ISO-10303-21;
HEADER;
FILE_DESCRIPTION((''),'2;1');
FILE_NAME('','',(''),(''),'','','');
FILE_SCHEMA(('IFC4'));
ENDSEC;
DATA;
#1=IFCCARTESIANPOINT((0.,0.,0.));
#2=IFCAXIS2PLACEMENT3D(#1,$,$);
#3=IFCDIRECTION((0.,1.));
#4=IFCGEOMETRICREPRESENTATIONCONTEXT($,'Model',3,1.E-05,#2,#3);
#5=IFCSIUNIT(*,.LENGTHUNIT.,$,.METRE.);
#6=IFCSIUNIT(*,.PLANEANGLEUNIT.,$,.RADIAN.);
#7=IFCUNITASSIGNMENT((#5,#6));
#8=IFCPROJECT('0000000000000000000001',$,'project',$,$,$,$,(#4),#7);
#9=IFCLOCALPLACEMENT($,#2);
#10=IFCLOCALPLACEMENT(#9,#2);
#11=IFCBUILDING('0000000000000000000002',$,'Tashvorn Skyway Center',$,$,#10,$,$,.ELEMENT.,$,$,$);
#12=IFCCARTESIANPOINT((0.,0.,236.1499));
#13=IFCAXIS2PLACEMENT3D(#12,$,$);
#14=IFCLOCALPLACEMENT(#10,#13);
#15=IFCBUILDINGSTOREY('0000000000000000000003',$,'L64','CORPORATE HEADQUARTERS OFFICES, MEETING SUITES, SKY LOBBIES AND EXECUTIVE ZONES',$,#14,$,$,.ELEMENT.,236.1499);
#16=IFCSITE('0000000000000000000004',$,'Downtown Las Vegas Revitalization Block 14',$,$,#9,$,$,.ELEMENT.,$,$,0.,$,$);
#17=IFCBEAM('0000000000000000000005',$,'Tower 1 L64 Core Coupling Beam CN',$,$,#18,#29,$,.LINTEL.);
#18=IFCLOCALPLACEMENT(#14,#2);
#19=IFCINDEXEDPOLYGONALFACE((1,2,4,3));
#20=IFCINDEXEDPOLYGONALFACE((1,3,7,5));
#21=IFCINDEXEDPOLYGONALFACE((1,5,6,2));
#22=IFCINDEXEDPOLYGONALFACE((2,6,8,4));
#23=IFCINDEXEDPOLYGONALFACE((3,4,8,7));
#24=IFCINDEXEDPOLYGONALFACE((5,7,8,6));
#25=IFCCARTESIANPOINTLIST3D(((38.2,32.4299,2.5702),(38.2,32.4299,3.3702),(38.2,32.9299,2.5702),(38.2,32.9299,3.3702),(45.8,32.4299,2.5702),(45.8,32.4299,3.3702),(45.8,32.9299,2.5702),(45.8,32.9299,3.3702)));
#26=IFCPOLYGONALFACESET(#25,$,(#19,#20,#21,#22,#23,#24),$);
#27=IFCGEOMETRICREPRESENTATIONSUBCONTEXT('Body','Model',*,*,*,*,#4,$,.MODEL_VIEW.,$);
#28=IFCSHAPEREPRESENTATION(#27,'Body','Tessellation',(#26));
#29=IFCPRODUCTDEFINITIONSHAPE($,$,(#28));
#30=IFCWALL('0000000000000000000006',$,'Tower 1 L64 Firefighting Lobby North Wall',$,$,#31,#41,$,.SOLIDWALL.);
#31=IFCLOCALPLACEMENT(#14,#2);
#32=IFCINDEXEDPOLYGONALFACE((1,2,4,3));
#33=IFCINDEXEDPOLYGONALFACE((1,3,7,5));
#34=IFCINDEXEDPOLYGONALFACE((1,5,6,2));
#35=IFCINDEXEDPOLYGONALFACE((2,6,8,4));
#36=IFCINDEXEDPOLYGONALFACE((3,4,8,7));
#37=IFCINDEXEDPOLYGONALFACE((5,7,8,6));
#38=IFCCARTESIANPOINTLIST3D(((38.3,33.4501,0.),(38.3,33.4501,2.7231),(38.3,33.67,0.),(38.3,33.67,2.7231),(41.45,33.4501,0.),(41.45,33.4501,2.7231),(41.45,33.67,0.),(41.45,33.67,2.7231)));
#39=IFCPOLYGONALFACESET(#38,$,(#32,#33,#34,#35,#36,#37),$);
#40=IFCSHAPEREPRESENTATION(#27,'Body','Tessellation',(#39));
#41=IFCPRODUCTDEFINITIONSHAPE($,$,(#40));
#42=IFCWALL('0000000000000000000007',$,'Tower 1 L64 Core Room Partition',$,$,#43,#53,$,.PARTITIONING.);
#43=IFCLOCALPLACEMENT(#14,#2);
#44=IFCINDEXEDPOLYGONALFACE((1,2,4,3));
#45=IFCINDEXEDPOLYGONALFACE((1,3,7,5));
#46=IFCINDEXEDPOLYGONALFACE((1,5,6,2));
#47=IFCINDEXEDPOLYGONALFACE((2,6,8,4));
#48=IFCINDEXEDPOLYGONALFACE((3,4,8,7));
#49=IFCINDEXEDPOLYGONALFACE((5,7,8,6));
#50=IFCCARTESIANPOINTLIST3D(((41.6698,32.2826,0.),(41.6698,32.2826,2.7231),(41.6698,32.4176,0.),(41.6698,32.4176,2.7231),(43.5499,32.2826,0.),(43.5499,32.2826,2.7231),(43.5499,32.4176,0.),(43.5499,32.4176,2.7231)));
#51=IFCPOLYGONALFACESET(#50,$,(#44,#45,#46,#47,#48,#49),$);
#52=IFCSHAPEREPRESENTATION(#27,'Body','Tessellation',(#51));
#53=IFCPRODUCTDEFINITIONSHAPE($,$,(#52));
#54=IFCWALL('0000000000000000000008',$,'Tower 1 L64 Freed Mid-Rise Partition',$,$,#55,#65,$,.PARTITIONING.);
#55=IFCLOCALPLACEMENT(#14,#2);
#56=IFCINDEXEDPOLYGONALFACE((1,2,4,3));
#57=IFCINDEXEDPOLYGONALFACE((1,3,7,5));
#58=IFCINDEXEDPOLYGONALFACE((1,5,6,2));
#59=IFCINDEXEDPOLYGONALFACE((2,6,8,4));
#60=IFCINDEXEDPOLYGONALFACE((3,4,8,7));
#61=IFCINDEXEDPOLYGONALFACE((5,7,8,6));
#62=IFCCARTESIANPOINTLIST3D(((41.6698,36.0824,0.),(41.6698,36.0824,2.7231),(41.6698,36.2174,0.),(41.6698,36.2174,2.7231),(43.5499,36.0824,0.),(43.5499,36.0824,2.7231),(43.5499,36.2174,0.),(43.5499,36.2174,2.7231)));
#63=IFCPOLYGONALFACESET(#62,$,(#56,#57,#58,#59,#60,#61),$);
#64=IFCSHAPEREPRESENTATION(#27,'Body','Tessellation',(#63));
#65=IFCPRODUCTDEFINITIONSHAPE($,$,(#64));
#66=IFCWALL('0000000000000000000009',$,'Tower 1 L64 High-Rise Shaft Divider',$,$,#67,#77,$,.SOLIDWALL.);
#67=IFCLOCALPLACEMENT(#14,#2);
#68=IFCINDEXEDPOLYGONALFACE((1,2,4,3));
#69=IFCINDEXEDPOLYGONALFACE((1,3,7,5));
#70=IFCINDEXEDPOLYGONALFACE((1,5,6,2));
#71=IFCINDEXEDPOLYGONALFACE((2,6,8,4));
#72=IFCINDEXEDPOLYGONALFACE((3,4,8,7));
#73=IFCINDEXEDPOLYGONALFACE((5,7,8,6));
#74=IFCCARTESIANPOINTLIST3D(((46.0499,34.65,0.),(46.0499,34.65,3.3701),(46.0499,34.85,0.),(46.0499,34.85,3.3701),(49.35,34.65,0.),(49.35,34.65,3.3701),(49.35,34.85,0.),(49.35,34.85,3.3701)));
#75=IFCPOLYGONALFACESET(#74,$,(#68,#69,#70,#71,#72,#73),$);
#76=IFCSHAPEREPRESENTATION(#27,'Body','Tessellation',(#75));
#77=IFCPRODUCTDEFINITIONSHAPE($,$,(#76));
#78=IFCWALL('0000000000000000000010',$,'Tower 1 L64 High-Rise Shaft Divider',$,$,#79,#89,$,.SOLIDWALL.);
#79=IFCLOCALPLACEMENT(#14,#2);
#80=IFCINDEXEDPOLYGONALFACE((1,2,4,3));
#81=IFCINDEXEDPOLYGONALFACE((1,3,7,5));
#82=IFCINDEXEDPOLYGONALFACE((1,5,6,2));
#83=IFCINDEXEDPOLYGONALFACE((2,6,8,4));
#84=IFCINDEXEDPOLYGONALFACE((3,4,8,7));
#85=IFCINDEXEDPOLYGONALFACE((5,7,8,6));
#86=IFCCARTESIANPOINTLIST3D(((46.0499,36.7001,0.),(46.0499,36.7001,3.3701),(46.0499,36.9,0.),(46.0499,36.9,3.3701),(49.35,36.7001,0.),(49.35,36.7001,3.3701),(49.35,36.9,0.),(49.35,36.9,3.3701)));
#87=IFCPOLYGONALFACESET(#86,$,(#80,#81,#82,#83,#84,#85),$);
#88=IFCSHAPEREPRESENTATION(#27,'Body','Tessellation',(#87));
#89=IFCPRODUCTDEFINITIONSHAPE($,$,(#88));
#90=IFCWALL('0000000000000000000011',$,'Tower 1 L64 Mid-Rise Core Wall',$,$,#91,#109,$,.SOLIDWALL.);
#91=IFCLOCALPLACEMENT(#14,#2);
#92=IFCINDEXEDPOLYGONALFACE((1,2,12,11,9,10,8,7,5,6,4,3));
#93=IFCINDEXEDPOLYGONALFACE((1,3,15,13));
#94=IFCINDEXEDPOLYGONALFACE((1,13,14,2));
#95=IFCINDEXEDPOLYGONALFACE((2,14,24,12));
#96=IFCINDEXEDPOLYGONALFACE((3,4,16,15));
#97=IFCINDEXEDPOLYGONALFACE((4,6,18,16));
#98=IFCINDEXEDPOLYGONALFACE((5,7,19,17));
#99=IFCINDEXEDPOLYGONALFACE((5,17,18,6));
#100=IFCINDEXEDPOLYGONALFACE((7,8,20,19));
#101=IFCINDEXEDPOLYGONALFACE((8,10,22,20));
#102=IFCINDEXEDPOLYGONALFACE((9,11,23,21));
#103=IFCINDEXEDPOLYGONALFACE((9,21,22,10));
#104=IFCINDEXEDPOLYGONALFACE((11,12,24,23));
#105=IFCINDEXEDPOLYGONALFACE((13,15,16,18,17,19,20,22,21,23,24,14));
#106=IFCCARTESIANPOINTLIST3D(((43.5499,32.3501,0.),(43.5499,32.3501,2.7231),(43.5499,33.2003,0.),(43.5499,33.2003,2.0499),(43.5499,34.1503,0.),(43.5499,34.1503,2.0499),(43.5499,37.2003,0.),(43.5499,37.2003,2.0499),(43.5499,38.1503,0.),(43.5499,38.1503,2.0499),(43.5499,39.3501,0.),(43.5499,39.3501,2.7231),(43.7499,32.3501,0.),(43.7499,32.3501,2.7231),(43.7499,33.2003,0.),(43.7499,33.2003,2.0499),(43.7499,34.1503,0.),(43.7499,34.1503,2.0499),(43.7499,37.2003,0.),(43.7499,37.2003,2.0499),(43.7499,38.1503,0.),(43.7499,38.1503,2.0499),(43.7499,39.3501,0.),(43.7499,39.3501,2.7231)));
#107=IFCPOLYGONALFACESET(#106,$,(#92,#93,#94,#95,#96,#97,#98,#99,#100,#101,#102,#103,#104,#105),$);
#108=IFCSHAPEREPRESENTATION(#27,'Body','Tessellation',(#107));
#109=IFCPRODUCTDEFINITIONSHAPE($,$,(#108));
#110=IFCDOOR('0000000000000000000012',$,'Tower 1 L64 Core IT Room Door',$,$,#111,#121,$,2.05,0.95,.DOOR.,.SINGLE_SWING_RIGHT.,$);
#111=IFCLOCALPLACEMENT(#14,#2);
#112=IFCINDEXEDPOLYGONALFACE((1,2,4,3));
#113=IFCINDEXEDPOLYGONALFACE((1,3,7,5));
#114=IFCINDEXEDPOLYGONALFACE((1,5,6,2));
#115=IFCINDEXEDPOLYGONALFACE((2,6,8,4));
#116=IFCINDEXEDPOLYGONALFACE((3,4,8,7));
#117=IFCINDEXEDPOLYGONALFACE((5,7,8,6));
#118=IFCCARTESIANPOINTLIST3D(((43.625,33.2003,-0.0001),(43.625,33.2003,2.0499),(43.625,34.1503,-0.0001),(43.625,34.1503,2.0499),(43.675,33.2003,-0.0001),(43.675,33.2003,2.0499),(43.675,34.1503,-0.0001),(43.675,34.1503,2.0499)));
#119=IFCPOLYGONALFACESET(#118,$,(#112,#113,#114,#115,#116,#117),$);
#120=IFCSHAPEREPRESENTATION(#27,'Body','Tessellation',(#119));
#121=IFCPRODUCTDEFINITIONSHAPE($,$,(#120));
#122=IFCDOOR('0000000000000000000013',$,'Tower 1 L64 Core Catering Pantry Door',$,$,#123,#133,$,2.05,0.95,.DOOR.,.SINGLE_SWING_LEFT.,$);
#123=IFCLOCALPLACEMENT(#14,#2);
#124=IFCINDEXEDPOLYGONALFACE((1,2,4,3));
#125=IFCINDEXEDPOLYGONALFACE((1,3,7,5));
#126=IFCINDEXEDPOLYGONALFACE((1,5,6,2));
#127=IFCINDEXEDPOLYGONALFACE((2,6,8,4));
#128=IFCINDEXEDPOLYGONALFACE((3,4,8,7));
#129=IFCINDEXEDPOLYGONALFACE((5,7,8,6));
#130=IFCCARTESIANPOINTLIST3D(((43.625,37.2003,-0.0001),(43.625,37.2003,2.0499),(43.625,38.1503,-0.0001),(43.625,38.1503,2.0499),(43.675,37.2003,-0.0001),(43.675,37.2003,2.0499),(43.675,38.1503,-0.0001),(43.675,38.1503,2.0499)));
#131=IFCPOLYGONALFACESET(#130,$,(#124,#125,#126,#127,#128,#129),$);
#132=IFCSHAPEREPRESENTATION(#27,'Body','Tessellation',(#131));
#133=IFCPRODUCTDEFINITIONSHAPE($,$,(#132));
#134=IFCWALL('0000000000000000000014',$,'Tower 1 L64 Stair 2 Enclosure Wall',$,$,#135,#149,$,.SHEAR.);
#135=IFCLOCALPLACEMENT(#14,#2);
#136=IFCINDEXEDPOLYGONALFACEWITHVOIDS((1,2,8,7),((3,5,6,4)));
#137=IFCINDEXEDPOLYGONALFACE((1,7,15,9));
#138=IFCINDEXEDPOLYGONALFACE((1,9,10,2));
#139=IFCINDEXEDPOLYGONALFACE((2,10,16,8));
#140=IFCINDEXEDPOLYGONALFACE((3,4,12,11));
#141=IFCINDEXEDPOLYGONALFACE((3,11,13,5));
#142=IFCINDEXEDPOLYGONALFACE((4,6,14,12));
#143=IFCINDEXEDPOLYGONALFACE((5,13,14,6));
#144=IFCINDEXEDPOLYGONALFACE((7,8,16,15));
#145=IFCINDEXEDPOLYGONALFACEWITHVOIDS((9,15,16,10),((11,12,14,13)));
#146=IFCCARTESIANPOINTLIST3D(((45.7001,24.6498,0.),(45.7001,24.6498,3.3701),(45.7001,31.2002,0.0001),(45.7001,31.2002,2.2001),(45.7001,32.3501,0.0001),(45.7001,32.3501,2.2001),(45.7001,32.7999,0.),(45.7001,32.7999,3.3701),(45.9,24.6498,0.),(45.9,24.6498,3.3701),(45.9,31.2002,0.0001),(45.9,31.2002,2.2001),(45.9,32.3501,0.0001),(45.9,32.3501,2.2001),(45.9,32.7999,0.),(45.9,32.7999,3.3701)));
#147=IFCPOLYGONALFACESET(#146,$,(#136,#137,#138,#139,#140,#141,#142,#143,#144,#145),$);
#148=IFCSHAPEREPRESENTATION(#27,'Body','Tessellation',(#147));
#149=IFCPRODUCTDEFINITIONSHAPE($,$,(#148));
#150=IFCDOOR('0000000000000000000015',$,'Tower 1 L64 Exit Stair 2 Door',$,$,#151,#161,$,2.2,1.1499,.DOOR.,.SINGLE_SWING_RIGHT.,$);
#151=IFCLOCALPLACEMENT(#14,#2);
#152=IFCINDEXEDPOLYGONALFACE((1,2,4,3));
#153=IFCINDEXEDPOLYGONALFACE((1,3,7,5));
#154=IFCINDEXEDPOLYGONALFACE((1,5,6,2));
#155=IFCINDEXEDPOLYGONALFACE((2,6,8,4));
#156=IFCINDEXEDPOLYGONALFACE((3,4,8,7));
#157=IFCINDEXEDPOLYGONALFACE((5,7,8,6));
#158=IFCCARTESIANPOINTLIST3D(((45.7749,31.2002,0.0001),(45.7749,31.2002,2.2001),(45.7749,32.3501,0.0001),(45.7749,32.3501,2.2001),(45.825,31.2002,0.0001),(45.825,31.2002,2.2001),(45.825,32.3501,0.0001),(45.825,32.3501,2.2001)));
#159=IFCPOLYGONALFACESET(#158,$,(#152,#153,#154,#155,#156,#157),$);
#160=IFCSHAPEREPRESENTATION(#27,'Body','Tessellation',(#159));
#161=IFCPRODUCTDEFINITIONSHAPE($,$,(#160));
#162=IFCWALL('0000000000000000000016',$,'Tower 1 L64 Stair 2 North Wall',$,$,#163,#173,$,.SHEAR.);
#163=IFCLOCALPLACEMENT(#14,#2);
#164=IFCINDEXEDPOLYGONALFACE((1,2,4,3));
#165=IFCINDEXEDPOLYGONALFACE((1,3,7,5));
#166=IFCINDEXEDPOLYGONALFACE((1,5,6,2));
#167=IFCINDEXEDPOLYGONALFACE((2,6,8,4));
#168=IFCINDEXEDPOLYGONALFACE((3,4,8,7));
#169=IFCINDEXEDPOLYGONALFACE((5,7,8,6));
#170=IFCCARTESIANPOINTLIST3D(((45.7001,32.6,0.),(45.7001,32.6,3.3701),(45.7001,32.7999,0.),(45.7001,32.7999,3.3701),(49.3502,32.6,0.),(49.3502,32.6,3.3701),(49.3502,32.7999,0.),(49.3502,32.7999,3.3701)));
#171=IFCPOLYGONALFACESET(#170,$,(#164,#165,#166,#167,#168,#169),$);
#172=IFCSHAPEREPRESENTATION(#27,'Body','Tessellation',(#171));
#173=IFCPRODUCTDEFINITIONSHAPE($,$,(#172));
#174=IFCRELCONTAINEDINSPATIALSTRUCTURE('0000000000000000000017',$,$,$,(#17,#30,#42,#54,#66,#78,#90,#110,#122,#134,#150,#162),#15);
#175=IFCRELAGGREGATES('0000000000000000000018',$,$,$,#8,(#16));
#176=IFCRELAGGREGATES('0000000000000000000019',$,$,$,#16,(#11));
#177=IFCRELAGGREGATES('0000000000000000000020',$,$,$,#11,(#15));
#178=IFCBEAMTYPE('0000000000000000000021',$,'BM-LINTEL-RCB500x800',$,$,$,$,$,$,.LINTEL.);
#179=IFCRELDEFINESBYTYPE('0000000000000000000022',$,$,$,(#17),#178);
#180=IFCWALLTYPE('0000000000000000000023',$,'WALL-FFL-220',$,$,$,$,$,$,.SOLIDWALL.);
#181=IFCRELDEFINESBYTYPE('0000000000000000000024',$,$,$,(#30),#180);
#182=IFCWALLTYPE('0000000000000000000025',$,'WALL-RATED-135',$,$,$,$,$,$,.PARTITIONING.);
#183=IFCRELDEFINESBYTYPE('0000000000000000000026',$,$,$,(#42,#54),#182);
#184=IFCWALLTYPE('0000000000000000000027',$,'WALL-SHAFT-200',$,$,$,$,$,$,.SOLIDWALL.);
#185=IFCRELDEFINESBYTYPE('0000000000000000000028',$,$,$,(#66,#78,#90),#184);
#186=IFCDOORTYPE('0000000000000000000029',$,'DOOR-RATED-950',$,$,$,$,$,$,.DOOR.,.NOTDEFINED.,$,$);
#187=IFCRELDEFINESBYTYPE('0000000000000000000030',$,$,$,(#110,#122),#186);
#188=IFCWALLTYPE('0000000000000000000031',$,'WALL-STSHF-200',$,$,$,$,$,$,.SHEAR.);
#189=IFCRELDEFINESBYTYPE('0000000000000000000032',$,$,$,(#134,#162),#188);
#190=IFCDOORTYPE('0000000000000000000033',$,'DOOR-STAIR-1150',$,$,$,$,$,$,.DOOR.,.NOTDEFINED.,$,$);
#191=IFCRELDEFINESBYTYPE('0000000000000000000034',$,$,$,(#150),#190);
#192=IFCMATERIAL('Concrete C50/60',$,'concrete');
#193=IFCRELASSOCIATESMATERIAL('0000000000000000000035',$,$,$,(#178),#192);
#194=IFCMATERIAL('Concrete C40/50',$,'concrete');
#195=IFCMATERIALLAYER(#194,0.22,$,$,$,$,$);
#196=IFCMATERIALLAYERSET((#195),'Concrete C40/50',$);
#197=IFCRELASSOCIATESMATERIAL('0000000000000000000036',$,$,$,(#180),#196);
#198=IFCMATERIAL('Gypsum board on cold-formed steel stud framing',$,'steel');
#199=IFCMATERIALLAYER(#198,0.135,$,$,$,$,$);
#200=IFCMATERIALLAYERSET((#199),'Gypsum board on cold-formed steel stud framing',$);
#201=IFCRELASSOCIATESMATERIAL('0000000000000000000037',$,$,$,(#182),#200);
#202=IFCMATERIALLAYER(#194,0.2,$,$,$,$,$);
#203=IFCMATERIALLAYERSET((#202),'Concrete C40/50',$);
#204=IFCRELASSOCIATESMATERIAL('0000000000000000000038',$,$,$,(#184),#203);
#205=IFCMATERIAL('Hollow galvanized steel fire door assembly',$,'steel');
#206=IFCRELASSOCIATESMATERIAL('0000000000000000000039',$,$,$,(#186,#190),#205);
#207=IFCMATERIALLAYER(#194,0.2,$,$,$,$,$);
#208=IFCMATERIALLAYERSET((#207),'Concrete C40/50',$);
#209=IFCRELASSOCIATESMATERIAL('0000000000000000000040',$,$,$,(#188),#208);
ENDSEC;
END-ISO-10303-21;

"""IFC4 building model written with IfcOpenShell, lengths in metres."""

from ifc_helpers import new_model, si_unit, direction, frame, frame_2d, origin, origin_2d, place, context, subcontext, project, spatial, rectangle, extrude, material, layer, layer_set, material_profile, profile_set, type_object, element, fill, save


model = new_model("IFC4")

# Units and contexts
model_context = context("Model", 3, precision=1e-05, world=origin(), true_north=direction((0.0, 1.0)))
body_context = subcontext(model_context, "Body", "Model", "MODEL_VIEW")
ifc_project = project(units=[si_unit("LENGTHUNIT", "METRE"), si_unit("PLANEANGLEUNIT", "RADIAN")], contexts=[model_context])

# Site, building, storey
site_placement = place(None, origin())
site = spatial("IfcSite", under=ifc_project, at=site_placement, Name="Downtown Las Vegas Revitalization Block 14", CompositionType="ELEMENT", RefElevation=0.0)
building_placement = place(site_placement, origin())
building = spatial("IfcBuilding", under=site, at=building_placement, Name="Tashvorn Skyway Center", CompositionType="ELEMENT")
storey_placement = place(building_placement, frame((0.0, 0.0, 236.1499)))
storey = spatial("IfcBuildingStorey", under=building, at=storey_placement, Name="L64", Description="CORPORATE HEADQUARTERS OFFICES, MEETING SUITES, SKY LOBBIES AND EXECUTIVE ZONES", CompositionType="ELEMENT", Elevation=236.1499)

# Beam
ifc_material_1 = material(Name="Concrete C50/60", Category="concrete")
ifc_material_profile = material_profile(ifc_material_1, rectangle(XDim=0.5, YDim=0.8, at=origin_2d()), Name="RCB500x800")
ifc_profile_set = profile_set([ifc_material_profile], Name="Concrete C50/60")
beam_type = type_object("IfcBeamType", Name="BM-LINTEL-RCB500x800", PredefinedType="LINTEL", material=ifc_profile_set)
beam_placement = place(storey_placement, frame((38.2, 32.6799, 2.9702), z_axis=(1.0, 0.0, 0.0), x_axis=(0.0, 1.0, 0.0)))
element("IfcBeam", 1, at=beam_placement, inside=storey, type_object=beam_type, Name="Tower 1 L64 Core Coupling Beam CN", PredefinedType="LINTEL", context=body_context, shape_type="SweptSolid", body=[
    extrude(rectangle(XDim=0.5, YDim=0.8, at=origin_2d()), origin(), (0.0, 0.0, 1.0), 7.6001),
])

# Walls
ifc_material_2 = material(Name="Concrete C40/50", Category="concrete")
ifc_layer_1 = layer(ifc_material_2, 0.22)
ifc_layer_set_1 = layer_set([ifc_layer_1], Name="Concrete C40/50")
wall_type_1 = type_object("IfcWallType", Name="WALL-FFL-220", PredefinedType="SOLIDWALL", material=ifc_layer_set_1)
wall_1_placement = place(storey_placement, frame((38.3, 33.5601, 0.0), z_axis=(0.0, 0.0, 1.0), x_axis=(1.0, 0.0, 0.0)))
element("IfcWall", 2, at=wall_1_placement, inside=storey, type_object=wall_type_1, Name="Tower 1 L64 Firefighting Lobby North Wall", PredefinedType="SOLIDWALL", context=body_context, shape_type="SweptSolid", body=[
    extrude(rectangle(XDim=3.1499, YDim=0.22, at=frame_2d((1.575, 0.0))), origin(), (0.0, 0.0, 1.0), 2.7231),
])
ifc_material_3 = material(Name="Gypsum board on cold-formed steel stud framing", Category="steel")
ifc_layer_2 = layer(ifc_material_3, 0.135)
ifc_layer_set_2 = layer_set([ifc_layer_2], Name="Gypsum board on cold-formed steel stud framing")
wall_type_2 = type_object("IfcWallType", Name="WALL-RATED-135", PredefinedType="PARTITIONING", material=ifc_layer_set_2)
for number, where, z_axis, x_axis, name in (
    (3, (41.6699, 32.3501, 0.0), (0.0, 0.0, 1.0), (1.0, 0.0, 0.0), "Tower 1 L64 Core Room Partition"),
    (4, (41.6699, 36.1499, 0.0), (0.0, 0.0, 1.0), (1.0, 0.0, 0.0), "Tower 1 L64 Freed Mid-Rise Partition"),
):
    element("IfcWall", number, at=place(storey_placement, frame(where, z_axis=z_axis, x_axis=x_axis)), inside=storey, type_object=wall_type_2, Name=name, PredefinedType="PARTITIONING", context=body_context, shape_type="SweptSolid", body=[
        extrude(rectangle(XDim=1.8801, YDim=0.135, at=frame_2d((0.9399, 0.0))), origin(), (0.0, 0.0, 1.0), 2.7231),
    ])
ifc_layer_3 = layer(ifc_material_2, 0.2)
ifc_layer_set_3 = layer_set([ifc_layer_3], Name="Concrete C40/50")
wall_type_3 = type_object("IfcWallType", Name="WALL-SHAFT-200", PredefinedType="SOLIDWALL", material=ifc_layer_set_3)
for number, where, z_axis, x_axis, name in (
    (5, (46.05, 34.75, 0.0), (0.0, 0.0, 1.0), (1.0, 0.0, 0.0), "Tower 1 L64 High-Rise Shaft Divider"),
    (6, (46.05, 36.8, 0.0), (0.0, 0.0, 1.0), (1.0, 0.0, 0.0), "Tower 1 L64 High-Rise Shaft Divider"),
):
    element("IfcWall", number, at=place(storey_placement, frame(where, z_axis=z_axis, x_axis=x_axis)), inside=storey, type_object=wall_type_3, Name=name, PredefinedType="SOLIDWALL", context=body_context, shape_type="SweptSolid", body=[
        extrude(rectangle(XDim=3.3, YDim=0.2, at=frame_2d((1.6499, 0.0))), origin(), (0.0, 0.0, 1.0), 3.3701),
    ])

# Wall, openings, doors
wall_2_placement = place(storey_placement, frame((43.6499, 32.3501, 0.0), z_axis=(0.0, 0.0, 1.0), x_axis=(0.0, 1.0, 0.0)))
wall_2 = element("IfcWall", 7, at=wall_2_placement, inside=storey, type_object=wall_type_3, Name="Tower 1 L64 Mid-Rise Core Wall", PredefinedType="SOLIDWALL", context=body_context, shape_type="SweptSolid", body=[
    extrude(rectangle(XDim=7.0, YDim=0.2, at=frame_2d((3.5, 0.0))), origin(), (0.0, 0.0, 1.0), 2.7231),
])
opening_1_placement = place(wall_2_placement, frame((0.8501, 0.0, 0.0)))
opening_1 = element("IfcOpeningElement", 8, at=opening_1_placement, cuts=wall_2, PredefinedType="OPENING", context=body_context, shape_type="SweptSolid", body=[
    extrude(rectangle(XDim=0.95, YDim=2.05, at=frame_2d((0.4751, 1.0249))), frame((0.0, 0.1099, 0.0), z_axis=(0.0, -1.0, 0.0), x_axis=(1.0, 0.0, 0.0)), (0.0, 0.0, 1.0), 0.22),
])
opening_2_placement = place(wall_2_placement, frame((4.8501, 0.0, 0.0)))
opening_2 = element("IfcOpeningElement", 9, at=opening_2_placement, cuts=wall_2, PredefinedType="OPENING", context=body_context, shape_type="SweptSolid", body=[
    extrude(rectangle(XDim=0.95, YDim=2.05, at=frame_2d((0.4751, 1.0249))), frame((0.0, 0.1099, 0.0), z_axis=(0.0, -1.0, 0.0), x_axis=(1.0, 0.0, 0.0)), (0.0, 0.0, 1.0), 0.22),
])
ifc_material_4 = material(Name="Hollow galvanized steel fire door assembly", Category="steel")
door_type_1 = type_object("IfcDoorType", Name="DOOR-RATED-950", OperationType="NOTDEFINED", PredefinedType="DOOR", material=ifc_material_4)
door_1_placement = place(opening_1_placement, origin())
door_1 = element("IfcDoor", 10, at=door_1_placement, inside=storey, type_object=door_type_1, Name="Tower 1 L64 Core IT Room Door", OperationType="SINGLE_SWING_RIGHT", OverallHeight=2.05, OverallWidth=0.95, PredefinedType="DOOR", context=body_context, shape_type="SweptSolid", body=[
    extrude(rectangle(XDim=0.95, YDim=2.05, at=frame_2d((0.4751, 1.0249))), frame((0.0, 0.0249, 0.0), z_axis=(0.0, -1.0, 0.0), x_axis=(1.0, 0.0, 0.0)), (0.0, 0.0, 1.0), 0.05),
])
fill(opening_1, door_1)
door_2_placement = place(opening_2_placement, origin())
door_2 = element("IfcDoor", 11, at=door_2_placement, inside=storey, type_object=door_type_1, Name="Tower 1 L64 Core Catering Pantry Door", OperationType="SINGLE_SWING_LEFT", OverallHeight=2.05, OverallWidth=0.95, PredefinedType="DOOR", context=body_context, shape_type="SweptSolid", body=[
    extrude(rectangle(XDim=0.95, YDim=2.05, at=frame_2d((0.4751, 1.0249))), frame((0.0, 0.0249, 0.0), z_axis=(0.0, -1.0, 0.0), x_axis=(1.0, 0.0, 0.0)), (0.0, 0.0, 1.0), 0.05),
])
fill(opening_2, door_2)

# Wall, opening, door
ifc_layer_4 = layer(ifc_material_2, 0.2)
ifc_layer_set_4 = layer_set([ifc_layer_4], Name="Concrete C40/50")
wall_type_4 = type_object("IfcWallType", Name="WALL-STSHF-200", PredefinedType="SHEAR", material=ifc_layer_set_4)
wall_3_placement = place(storey_placement, frame((45.8, 32.8, 0.0), z_axis=(0.0, 0.0, 1.0), x_axis=(0.0, -1.0, 0.0)))
wall_3 = element("IfcWall", 12, at=wall_3_placement, inside=storey, type_object=wall_type_4, Name="Tower 1 L64 Stair 2 Enclosure Wall", PredefinedType="SHEAR", context=body_context, shape_type="SweptSolid", body=[
    extrude(rectangle(XDim=8.1501, YDim=0.2, at=frame_2d((4.0752, 0.0))), origin(), (0.0, 0.0, 1.0), 3.3701),
])
opening_3_placement = place(wall_3_placement, frame((0.45, 0.0, 0.0)))
opening_3 = element("IfcOpeningElement", 13, at=opening_3_placement, cuts=wall_3, PredefinedType="OPENING", context=body_context, shape_type="SweptSolid", body=[
    extrude(rectangle(XDim=1.1499, YDim=2.2, at=frame_2d((0.575, 1.1001))), frame((0.0, 0.1099, 0.0), z_axis=(0.0, -1.0, 0.0), x_axis=(1.0, 0.0, 0.0)), (0.0, 0.0, 1.0), 0.22),
])
door_type_2 = type_object("IfcDoorType", Name="DOOR-STAIR-1150", OperationType="NOTDEFINED", PredefinedType="DOOR", material=ifc_material_4)
door_3_placement = place(opening_3_placement, origin())
door_3 = element("IfcDoor", 14, at=door_3_placement, inside=storey, type_object=door_type_2, Name="Tower 1 L64 Exit Stair 2 Door", OperationType="SINGLE_SWING_RIGHT", OverallHeight=2.2, OverallWidth=1.1499, PredefinedType="DOOR", context=body_context, shape_type="SweptSolid", body=[
    extrude(rectangle(XDim=1.1499, YDim=2.2, at=frame_2d((0.575, 1.1001))), frame((0.0, 0.0249, 0.0), z_axis=(0.0, -1.0, 0.0), x_axis=(1.0, 0.0, 0.0)), (0.0, 0.0, 1.0), 0.05),
])
fill(opening_3, door_3)

# Wall
wall_4_placement = place(storey_placement, frame((45.7, 32.7, 0.0), z_axis=(0.0, 0.0, 1.0), x_axis=(1.0, 0.0, 0.0)))
element("IfcWall", 15, at=wall_4_placement, inside=storey, type_object=wall_type_4, Name="Tower 1 L64 Stair 2 North Wall", PredefinedType="SHEAR", context=body_context, shape_type="SweptSolid", body=[
    extrude(rectangle(XDim=3.6501, YDim=0.2, at=frame_2d((1.8252, 0.0))), origin(), (0.0, 0.0, 1.0), 3.3701),
])

save(model, "model.ifc")
